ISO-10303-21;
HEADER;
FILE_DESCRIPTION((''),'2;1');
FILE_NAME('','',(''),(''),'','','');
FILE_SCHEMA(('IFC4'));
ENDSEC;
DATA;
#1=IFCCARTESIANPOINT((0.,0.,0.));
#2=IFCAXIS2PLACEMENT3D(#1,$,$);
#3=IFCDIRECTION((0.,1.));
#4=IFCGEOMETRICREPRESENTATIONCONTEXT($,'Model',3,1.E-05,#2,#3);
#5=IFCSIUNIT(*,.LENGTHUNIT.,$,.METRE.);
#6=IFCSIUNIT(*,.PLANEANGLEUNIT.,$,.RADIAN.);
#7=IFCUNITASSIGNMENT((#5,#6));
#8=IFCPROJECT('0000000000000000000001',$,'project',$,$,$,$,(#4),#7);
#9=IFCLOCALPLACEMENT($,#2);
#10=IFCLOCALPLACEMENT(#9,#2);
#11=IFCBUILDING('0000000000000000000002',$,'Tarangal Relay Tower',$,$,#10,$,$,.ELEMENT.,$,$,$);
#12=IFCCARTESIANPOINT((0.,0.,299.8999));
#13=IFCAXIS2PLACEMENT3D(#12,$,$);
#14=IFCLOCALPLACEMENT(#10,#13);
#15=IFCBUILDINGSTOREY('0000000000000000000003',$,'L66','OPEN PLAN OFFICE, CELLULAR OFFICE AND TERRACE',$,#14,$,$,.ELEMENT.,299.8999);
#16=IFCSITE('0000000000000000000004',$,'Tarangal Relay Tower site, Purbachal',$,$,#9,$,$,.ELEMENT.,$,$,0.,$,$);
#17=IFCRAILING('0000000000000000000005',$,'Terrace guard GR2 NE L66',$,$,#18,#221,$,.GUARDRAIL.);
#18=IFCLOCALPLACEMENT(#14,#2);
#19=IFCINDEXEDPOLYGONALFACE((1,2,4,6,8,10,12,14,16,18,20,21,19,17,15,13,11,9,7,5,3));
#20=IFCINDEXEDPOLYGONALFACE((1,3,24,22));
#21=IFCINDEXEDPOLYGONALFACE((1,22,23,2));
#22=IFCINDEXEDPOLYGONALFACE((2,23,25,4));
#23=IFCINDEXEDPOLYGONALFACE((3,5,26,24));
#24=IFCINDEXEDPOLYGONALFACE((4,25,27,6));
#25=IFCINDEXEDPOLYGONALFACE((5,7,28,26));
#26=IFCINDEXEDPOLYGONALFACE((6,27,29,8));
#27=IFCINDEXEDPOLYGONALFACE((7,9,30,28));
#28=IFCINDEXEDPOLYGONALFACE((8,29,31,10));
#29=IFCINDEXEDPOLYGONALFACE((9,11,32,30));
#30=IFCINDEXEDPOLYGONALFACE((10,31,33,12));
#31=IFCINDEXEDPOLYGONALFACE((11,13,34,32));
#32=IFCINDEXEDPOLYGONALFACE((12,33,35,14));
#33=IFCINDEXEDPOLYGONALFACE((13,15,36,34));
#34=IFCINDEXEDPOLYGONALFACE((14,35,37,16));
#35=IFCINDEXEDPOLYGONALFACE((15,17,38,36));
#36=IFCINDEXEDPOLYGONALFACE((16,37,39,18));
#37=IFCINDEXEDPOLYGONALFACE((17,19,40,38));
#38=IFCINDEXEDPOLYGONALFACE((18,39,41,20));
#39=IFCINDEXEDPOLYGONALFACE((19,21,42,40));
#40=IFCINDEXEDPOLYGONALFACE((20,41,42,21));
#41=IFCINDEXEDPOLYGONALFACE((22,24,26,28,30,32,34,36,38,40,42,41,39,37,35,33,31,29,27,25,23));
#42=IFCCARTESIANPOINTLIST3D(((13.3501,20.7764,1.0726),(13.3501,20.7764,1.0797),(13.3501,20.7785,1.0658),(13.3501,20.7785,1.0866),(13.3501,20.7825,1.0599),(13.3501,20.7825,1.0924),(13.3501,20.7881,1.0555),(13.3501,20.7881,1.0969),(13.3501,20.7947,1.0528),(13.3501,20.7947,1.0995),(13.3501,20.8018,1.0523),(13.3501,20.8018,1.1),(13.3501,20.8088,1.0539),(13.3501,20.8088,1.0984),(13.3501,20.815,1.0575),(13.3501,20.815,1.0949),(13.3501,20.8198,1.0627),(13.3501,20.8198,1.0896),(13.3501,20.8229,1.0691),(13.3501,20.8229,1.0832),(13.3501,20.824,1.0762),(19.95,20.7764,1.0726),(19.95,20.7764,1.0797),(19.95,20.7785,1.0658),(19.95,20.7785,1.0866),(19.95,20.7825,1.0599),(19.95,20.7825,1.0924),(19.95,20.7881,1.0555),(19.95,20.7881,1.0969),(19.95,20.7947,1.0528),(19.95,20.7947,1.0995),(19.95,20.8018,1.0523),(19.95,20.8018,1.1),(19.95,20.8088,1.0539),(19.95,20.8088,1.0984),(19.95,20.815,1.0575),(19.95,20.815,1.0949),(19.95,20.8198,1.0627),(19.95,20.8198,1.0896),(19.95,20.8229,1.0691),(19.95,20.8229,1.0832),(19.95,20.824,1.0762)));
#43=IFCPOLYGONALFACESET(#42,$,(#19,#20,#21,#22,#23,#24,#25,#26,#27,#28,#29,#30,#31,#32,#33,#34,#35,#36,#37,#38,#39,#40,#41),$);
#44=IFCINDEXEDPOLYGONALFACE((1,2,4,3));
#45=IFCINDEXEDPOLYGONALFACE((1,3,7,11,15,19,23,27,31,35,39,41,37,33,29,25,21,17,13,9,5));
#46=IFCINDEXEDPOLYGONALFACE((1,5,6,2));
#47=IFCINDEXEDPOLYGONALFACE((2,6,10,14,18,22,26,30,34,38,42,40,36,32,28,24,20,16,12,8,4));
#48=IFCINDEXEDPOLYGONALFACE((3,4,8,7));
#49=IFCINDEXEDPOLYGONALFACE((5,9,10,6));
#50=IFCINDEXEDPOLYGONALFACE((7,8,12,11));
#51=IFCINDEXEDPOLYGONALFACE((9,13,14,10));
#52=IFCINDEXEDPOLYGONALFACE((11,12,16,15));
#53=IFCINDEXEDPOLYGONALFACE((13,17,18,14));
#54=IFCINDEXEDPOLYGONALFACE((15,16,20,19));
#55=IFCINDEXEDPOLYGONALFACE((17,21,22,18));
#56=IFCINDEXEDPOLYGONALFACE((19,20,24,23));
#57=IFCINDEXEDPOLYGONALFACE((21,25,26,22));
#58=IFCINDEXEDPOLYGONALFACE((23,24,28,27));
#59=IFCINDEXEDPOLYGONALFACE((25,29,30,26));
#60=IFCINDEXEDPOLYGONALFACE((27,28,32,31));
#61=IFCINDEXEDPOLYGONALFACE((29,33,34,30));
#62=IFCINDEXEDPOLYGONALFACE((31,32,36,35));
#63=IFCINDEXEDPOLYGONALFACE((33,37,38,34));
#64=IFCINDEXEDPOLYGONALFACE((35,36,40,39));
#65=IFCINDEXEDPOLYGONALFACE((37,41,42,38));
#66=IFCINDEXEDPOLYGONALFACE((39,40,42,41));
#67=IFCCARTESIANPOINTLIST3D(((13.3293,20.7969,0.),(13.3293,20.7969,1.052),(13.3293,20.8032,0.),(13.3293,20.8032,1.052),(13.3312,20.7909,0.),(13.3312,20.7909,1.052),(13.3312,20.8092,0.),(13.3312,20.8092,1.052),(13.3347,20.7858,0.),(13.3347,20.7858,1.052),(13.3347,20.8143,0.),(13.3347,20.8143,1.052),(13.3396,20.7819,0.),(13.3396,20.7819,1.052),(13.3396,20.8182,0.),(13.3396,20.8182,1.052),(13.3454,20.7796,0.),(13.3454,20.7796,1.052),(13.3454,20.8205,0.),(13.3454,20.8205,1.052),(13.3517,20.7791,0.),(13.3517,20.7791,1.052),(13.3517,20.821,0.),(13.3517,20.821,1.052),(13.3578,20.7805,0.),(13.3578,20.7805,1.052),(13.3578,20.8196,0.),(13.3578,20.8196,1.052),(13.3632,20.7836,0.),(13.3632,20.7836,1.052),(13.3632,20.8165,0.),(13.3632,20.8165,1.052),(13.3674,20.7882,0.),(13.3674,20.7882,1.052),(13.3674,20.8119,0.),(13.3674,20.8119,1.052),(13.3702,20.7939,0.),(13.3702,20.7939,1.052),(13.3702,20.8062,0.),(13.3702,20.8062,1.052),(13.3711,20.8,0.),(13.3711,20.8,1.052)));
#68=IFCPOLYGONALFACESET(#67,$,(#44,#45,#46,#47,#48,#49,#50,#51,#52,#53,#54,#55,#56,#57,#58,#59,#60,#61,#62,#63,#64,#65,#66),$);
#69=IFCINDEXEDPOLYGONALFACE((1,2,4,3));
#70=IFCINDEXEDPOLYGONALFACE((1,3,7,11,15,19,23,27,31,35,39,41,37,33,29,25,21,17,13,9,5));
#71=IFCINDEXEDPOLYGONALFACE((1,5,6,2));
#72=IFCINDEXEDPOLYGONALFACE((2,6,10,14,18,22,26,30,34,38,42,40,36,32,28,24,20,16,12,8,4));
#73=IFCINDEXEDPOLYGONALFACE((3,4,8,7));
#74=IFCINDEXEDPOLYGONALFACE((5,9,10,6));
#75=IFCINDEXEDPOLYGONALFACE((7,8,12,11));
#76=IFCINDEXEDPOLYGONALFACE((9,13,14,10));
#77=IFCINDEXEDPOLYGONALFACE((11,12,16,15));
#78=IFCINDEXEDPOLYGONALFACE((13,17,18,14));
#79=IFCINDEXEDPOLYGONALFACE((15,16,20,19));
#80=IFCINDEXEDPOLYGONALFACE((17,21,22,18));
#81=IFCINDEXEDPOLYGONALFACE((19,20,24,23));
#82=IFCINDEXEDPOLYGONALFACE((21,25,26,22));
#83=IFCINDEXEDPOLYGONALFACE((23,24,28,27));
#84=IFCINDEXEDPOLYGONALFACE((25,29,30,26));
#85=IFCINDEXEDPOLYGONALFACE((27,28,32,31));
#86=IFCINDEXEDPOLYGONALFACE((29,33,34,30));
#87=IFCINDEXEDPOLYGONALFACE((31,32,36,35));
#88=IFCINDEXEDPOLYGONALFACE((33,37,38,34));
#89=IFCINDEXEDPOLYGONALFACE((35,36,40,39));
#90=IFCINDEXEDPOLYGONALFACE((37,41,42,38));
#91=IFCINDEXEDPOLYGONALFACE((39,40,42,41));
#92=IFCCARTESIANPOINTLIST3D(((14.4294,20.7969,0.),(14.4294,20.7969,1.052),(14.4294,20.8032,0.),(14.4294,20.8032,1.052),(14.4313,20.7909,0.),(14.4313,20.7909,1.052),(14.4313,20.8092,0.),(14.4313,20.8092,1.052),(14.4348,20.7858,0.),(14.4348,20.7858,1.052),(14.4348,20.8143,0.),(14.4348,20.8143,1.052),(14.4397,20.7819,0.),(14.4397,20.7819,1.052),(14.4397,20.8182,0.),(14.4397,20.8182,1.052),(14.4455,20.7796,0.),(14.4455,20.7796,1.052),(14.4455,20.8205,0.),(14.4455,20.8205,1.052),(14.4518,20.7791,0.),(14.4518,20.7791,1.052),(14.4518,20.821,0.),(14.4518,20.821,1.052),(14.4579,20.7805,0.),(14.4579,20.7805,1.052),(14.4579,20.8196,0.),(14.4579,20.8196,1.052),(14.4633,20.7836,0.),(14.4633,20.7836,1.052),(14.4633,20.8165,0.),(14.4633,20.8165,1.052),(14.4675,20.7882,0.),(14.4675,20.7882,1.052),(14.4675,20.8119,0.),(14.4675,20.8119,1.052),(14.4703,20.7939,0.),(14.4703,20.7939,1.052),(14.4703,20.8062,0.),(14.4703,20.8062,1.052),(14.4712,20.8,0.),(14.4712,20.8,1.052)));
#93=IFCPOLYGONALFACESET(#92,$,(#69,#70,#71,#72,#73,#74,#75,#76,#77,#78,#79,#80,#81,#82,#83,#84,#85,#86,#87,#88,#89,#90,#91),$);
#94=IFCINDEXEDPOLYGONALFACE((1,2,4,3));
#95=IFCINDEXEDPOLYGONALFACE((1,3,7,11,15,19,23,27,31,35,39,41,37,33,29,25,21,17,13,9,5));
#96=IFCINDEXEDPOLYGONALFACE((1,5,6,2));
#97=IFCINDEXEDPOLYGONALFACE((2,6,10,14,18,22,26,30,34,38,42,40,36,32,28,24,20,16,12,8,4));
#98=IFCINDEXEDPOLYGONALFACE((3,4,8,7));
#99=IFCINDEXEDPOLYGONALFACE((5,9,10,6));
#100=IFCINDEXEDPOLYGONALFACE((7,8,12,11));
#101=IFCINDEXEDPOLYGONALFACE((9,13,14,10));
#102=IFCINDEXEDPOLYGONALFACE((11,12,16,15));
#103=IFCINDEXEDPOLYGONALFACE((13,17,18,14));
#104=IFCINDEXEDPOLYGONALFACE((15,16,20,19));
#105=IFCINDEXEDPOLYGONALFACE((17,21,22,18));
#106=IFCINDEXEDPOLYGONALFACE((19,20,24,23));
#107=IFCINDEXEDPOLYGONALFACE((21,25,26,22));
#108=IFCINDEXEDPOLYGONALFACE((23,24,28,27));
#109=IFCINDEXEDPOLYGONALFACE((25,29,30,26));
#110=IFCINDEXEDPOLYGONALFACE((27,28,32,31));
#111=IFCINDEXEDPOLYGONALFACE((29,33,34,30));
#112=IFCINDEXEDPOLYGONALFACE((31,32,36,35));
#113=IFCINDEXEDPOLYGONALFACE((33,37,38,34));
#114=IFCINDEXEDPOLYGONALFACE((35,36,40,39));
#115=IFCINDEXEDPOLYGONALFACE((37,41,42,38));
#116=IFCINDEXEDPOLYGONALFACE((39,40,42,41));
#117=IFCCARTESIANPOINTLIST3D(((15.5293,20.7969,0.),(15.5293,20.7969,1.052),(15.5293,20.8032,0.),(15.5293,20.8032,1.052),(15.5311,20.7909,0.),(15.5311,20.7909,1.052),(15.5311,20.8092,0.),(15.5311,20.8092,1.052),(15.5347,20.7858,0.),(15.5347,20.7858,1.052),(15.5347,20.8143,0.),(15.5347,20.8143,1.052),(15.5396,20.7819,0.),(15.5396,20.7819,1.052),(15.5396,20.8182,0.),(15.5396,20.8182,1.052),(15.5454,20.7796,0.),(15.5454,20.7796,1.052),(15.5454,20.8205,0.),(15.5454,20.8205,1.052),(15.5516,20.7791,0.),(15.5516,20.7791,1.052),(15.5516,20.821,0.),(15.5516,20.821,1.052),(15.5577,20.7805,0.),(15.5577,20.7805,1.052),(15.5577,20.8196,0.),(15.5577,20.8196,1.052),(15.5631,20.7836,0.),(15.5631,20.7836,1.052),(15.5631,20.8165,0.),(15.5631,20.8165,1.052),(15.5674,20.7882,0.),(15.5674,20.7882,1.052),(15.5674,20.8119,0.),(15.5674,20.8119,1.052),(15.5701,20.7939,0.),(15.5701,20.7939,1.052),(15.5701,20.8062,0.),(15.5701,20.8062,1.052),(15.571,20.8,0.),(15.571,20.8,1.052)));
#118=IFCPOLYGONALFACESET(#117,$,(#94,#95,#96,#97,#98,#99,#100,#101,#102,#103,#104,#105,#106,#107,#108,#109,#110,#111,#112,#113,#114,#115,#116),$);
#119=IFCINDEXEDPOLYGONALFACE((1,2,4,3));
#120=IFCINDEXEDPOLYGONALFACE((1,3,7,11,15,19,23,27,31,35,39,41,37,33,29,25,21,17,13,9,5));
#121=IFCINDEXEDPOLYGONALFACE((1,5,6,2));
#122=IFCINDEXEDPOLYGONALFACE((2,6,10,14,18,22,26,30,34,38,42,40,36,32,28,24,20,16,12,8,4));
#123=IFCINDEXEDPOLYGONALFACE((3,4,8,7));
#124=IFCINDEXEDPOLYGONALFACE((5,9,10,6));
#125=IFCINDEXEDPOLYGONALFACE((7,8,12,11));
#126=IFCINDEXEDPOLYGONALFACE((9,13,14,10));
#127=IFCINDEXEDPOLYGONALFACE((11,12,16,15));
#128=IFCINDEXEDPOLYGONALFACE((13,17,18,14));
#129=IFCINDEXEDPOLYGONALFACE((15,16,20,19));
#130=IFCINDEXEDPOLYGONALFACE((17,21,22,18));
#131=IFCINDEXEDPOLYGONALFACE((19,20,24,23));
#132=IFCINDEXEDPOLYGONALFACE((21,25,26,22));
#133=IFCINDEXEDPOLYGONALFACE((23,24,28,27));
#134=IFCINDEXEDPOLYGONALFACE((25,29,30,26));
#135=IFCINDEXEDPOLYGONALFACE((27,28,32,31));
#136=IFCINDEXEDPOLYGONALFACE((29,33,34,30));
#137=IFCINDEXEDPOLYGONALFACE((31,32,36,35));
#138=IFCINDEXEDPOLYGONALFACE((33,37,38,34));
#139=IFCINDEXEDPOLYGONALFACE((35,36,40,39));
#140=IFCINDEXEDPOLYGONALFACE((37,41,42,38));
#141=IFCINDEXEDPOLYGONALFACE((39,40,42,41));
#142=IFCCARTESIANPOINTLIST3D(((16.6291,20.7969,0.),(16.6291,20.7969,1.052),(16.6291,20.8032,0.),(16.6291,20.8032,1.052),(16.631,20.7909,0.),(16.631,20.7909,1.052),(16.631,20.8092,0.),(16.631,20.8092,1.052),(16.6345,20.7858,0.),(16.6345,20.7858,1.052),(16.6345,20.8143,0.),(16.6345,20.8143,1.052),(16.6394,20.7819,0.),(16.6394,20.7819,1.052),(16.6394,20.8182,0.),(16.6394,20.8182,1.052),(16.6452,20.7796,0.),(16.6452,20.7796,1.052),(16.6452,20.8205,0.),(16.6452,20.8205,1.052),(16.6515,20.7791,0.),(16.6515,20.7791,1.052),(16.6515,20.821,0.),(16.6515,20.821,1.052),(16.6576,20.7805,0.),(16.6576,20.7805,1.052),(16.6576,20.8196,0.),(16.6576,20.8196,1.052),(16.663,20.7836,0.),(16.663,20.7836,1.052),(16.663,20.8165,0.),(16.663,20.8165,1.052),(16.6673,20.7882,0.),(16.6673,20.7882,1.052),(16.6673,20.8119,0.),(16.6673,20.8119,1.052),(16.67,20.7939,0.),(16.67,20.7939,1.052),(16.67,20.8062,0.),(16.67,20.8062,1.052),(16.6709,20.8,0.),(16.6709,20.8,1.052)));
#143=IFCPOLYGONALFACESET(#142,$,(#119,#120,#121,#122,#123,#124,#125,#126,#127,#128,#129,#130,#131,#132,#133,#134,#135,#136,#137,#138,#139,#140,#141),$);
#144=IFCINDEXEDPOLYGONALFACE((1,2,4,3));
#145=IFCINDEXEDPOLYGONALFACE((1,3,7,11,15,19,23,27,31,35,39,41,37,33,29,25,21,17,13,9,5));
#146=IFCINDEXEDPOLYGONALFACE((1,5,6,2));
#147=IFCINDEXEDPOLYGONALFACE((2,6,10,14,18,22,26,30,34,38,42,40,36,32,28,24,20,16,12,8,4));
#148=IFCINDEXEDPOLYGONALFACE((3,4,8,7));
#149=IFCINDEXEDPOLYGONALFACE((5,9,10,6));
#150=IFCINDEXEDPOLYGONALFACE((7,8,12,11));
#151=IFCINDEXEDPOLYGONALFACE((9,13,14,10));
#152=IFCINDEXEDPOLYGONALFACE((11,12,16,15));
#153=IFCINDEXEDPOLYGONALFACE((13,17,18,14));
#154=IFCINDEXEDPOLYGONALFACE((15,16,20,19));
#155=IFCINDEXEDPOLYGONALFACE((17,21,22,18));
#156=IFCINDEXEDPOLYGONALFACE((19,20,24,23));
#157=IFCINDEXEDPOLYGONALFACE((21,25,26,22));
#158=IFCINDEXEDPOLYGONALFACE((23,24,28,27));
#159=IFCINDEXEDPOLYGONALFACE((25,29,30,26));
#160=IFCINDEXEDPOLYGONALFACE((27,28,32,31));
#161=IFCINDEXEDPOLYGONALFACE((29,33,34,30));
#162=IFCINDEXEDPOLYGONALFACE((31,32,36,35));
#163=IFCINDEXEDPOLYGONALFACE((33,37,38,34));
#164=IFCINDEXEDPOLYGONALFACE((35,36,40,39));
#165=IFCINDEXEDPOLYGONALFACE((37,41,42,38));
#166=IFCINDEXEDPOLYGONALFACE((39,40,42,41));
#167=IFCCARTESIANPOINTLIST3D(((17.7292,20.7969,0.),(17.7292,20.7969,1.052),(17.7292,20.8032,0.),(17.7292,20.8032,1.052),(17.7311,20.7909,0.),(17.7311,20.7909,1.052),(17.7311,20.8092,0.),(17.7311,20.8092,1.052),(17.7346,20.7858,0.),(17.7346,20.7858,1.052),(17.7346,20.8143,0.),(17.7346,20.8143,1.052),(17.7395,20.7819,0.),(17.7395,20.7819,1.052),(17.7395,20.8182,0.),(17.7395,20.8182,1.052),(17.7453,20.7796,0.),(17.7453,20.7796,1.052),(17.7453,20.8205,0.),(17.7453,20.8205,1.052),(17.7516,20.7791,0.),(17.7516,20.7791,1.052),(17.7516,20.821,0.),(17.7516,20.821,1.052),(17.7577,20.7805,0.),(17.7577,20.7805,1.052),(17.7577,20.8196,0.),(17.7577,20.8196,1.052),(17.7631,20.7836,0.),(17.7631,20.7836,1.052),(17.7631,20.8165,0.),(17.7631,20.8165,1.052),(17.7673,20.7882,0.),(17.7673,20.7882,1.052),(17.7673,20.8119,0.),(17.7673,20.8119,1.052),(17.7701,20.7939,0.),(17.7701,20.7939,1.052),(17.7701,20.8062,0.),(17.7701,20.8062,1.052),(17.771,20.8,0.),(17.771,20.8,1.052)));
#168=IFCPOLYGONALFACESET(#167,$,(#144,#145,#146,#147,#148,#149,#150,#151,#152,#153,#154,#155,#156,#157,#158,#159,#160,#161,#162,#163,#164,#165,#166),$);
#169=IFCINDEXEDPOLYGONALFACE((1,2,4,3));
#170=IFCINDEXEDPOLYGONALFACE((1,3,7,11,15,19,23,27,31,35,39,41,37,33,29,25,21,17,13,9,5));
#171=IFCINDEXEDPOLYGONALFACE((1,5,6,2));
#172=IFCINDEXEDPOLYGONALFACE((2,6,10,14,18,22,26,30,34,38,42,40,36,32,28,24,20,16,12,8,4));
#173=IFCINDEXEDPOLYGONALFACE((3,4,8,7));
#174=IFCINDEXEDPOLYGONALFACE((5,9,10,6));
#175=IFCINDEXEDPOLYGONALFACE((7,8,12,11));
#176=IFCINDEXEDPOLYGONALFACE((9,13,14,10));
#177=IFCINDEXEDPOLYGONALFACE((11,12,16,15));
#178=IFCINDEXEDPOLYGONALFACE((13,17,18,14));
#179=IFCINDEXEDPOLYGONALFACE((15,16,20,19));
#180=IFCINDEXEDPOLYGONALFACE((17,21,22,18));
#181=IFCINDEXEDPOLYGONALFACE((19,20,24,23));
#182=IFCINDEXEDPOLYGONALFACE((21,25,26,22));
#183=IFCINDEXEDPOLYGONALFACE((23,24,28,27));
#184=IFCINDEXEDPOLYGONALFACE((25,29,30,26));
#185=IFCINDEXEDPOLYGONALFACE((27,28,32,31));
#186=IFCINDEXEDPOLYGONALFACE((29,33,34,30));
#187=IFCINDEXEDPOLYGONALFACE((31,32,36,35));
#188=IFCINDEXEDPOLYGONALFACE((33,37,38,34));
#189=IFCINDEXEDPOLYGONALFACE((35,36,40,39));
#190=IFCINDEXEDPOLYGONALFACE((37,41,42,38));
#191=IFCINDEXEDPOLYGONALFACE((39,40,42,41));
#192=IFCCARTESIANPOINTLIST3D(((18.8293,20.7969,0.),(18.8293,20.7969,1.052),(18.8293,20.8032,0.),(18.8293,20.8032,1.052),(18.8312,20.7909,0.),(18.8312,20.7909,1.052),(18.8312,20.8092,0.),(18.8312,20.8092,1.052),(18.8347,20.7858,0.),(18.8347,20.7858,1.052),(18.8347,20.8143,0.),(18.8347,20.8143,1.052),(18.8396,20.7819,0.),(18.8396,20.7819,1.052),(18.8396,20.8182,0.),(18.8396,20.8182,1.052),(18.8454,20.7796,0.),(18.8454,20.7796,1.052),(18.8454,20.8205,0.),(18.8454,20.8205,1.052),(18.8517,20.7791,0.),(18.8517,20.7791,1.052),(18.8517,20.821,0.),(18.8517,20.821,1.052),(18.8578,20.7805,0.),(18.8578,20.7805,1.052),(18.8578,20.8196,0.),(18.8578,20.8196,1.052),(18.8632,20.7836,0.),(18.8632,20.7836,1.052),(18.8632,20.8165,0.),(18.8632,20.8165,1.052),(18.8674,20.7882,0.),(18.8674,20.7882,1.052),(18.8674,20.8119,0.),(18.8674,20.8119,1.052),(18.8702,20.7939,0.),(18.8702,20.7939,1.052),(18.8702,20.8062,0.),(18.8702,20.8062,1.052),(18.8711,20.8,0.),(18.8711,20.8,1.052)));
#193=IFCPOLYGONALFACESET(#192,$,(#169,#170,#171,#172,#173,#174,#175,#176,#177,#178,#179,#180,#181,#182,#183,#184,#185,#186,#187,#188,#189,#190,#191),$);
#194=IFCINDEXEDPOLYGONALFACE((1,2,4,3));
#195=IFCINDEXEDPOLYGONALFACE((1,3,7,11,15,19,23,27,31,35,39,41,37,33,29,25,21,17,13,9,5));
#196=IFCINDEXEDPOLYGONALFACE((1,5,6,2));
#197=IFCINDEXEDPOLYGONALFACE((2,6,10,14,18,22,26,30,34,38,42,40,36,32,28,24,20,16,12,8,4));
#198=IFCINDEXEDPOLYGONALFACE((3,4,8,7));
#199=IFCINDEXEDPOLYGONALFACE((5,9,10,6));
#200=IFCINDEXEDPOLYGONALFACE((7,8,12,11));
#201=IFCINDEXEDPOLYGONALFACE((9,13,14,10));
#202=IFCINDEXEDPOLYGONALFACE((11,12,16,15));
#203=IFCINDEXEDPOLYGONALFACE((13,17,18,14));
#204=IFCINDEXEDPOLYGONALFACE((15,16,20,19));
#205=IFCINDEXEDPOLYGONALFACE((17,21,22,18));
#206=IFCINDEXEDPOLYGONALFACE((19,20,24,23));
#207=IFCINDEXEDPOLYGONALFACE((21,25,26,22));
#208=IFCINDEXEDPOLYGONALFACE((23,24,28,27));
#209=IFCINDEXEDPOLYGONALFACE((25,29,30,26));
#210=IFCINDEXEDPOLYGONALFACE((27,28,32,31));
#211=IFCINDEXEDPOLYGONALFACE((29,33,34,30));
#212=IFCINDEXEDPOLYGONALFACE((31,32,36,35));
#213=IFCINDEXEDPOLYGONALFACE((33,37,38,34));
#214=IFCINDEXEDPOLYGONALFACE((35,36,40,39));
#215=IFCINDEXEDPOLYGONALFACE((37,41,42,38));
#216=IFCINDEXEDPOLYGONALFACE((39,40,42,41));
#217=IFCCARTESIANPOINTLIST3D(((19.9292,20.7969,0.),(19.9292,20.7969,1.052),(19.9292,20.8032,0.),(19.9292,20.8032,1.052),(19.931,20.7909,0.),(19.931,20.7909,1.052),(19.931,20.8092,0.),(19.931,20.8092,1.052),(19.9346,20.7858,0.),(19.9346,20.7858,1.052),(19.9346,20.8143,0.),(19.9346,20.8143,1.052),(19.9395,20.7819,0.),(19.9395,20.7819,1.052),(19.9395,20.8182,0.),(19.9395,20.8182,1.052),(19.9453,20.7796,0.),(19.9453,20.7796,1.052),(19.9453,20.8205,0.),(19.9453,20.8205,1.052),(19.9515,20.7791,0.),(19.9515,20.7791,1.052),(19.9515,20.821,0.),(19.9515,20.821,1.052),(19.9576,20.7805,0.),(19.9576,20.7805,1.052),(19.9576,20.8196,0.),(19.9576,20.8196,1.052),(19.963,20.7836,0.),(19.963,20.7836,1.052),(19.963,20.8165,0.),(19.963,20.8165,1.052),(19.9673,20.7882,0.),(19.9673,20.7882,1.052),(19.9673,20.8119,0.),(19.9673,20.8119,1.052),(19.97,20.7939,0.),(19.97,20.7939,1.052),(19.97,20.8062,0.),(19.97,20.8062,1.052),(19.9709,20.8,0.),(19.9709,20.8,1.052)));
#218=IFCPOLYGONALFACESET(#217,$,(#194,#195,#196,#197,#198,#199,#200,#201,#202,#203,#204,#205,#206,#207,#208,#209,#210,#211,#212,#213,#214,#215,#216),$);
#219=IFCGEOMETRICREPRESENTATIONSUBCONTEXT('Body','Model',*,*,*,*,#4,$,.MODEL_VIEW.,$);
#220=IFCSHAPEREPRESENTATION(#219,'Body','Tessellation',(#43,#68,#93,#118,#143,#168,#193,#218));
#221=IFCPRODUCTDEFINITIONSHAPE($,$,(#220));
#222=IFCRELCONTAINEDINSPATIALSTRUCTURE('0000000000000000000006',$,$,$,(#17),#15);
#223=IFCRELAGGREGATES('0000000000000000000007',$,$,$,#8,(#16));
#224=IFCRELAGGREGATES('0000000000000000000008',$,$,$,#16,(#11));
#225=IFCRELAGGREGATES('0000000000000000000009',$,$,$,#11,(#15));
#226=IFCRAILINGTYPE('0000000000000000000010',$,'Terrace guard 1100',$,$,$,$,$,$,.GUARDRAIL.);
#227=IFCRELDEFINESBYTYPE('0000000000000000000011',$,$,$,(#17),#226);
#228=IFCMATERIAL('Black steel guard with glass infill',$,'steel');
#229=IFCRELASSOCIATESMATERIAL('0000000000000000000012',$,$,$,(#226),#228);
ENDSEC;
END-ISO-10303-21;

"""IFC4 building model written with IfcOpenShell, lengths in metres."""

from ifc_helpers import new_model, si_unit, direction, frame, origin, origin_2d, place, context, subcontext, project, spatial, circle, extrude, material, type_object, element, save


model = new_model("IFC4")

# Units and contexts
model_context = context("Model", 3, precision=1e-05, world=origin(), true_north=direction((0.0, 1.0)))
body_context = subcontext(model_context, "Body", "Model", "MODEL_VIEW")
ifc_project = project(units=[si_unit("LENGTHUNIT", "METRE"), si_unit("PLANEANGLEUNIT", "RADIAN")], contexts=[model_context])

# Site, building, storey
site_placement = place(None, origin())
site = spatial("IfcSite", under=ifc_project, at=site_placement, Name="Tarangal Relay Tower site, Purbachal", CompositionType="ELEMENT", RefElevation=0.0)
building_placement = place(site_placement, origin())
building = spatial("IfcBuilding", under=site, at=building_placement, Name="Tarangal Relay Tower", CompositionType="ELEMENT")
storey_placement = place(building_placement, frame((0.0, 0.0, 299.8999)))
storey = spatial("IfcBuildingStorey", under=building, at=storey_placement, Name="L66", Description="OPEN PLAN OFFICE, CELLULAR OFFICE AND TERRACE", CompositionType="ELEMENT", Elevation=299.8999)

# Railing
ifc_material_1 = material(Name="Black steel guard with glass infill", Category="steel")
railing_type = type_object("IfcRailingType", Name="Terrace guard 1100", PredefinedType="GUARDRAIL", material=ifc_material_1)
railing_1_placement = place(storey_placement, frame((13.3501, 20.8, 0.0)))
element("IfcRailing", 1, at=railing_1_placement, inside=storey, type_object=railing_type, Name="Terrace guard GR2 NE L66", PredefinedType="GUARDRAIL", context=body_context, shape_type="SweptSolid", body=[
    extrude(circle(Radius=0.0239, at=origin_2d()), frame((0.0, 0.0, 1.0762), z_axis=(1.0, 0.0, 0.0), x_axis=(0.0, 1.0, 0.0)), (0.0, 0.0, 1.0), 6.5999),
    extrude(circle(Radius=0.021, at=origin_2d()), origin(), (0.0, 0.0, 1.0), 1.052),
    extrude(circle(Radius=0.021, at=origin_2d()), frame((1.1001, 0.0, 0.0)), (0.0, 0.0, 1.0), 1.052),
    extrude(circle(Radius=0.021, at=origin_2d()), frame((2.2, 0.0, 0.0)), (0.0, 0.0, 1.0), 1.052),
    extrude(circle(Radius=0.021, at=origin_2d()), frame((3.2998, 0.0, 0.0)), (0.0, 0.0, 1.0), 1.052),
    extrude(circle(Radius=0.021, at=origin_2d()), frame((4.3999, 0.0, 0.0)), (0.0, 0.0, 1.0), 1.052),
    extrude(circle(Radius=0.021, at=origin_2d()), frame((5.5, 0.0, 0.0)), (0.0, 0.0, 1.0), 1.052),
    extrude(circle(Radius=0.021, at=origin_2d()), frame((6.5999, 0.0, 0.0)), (0.0, 0.0, 1.0), 1.052),
])

save(model, "model.ifc")
